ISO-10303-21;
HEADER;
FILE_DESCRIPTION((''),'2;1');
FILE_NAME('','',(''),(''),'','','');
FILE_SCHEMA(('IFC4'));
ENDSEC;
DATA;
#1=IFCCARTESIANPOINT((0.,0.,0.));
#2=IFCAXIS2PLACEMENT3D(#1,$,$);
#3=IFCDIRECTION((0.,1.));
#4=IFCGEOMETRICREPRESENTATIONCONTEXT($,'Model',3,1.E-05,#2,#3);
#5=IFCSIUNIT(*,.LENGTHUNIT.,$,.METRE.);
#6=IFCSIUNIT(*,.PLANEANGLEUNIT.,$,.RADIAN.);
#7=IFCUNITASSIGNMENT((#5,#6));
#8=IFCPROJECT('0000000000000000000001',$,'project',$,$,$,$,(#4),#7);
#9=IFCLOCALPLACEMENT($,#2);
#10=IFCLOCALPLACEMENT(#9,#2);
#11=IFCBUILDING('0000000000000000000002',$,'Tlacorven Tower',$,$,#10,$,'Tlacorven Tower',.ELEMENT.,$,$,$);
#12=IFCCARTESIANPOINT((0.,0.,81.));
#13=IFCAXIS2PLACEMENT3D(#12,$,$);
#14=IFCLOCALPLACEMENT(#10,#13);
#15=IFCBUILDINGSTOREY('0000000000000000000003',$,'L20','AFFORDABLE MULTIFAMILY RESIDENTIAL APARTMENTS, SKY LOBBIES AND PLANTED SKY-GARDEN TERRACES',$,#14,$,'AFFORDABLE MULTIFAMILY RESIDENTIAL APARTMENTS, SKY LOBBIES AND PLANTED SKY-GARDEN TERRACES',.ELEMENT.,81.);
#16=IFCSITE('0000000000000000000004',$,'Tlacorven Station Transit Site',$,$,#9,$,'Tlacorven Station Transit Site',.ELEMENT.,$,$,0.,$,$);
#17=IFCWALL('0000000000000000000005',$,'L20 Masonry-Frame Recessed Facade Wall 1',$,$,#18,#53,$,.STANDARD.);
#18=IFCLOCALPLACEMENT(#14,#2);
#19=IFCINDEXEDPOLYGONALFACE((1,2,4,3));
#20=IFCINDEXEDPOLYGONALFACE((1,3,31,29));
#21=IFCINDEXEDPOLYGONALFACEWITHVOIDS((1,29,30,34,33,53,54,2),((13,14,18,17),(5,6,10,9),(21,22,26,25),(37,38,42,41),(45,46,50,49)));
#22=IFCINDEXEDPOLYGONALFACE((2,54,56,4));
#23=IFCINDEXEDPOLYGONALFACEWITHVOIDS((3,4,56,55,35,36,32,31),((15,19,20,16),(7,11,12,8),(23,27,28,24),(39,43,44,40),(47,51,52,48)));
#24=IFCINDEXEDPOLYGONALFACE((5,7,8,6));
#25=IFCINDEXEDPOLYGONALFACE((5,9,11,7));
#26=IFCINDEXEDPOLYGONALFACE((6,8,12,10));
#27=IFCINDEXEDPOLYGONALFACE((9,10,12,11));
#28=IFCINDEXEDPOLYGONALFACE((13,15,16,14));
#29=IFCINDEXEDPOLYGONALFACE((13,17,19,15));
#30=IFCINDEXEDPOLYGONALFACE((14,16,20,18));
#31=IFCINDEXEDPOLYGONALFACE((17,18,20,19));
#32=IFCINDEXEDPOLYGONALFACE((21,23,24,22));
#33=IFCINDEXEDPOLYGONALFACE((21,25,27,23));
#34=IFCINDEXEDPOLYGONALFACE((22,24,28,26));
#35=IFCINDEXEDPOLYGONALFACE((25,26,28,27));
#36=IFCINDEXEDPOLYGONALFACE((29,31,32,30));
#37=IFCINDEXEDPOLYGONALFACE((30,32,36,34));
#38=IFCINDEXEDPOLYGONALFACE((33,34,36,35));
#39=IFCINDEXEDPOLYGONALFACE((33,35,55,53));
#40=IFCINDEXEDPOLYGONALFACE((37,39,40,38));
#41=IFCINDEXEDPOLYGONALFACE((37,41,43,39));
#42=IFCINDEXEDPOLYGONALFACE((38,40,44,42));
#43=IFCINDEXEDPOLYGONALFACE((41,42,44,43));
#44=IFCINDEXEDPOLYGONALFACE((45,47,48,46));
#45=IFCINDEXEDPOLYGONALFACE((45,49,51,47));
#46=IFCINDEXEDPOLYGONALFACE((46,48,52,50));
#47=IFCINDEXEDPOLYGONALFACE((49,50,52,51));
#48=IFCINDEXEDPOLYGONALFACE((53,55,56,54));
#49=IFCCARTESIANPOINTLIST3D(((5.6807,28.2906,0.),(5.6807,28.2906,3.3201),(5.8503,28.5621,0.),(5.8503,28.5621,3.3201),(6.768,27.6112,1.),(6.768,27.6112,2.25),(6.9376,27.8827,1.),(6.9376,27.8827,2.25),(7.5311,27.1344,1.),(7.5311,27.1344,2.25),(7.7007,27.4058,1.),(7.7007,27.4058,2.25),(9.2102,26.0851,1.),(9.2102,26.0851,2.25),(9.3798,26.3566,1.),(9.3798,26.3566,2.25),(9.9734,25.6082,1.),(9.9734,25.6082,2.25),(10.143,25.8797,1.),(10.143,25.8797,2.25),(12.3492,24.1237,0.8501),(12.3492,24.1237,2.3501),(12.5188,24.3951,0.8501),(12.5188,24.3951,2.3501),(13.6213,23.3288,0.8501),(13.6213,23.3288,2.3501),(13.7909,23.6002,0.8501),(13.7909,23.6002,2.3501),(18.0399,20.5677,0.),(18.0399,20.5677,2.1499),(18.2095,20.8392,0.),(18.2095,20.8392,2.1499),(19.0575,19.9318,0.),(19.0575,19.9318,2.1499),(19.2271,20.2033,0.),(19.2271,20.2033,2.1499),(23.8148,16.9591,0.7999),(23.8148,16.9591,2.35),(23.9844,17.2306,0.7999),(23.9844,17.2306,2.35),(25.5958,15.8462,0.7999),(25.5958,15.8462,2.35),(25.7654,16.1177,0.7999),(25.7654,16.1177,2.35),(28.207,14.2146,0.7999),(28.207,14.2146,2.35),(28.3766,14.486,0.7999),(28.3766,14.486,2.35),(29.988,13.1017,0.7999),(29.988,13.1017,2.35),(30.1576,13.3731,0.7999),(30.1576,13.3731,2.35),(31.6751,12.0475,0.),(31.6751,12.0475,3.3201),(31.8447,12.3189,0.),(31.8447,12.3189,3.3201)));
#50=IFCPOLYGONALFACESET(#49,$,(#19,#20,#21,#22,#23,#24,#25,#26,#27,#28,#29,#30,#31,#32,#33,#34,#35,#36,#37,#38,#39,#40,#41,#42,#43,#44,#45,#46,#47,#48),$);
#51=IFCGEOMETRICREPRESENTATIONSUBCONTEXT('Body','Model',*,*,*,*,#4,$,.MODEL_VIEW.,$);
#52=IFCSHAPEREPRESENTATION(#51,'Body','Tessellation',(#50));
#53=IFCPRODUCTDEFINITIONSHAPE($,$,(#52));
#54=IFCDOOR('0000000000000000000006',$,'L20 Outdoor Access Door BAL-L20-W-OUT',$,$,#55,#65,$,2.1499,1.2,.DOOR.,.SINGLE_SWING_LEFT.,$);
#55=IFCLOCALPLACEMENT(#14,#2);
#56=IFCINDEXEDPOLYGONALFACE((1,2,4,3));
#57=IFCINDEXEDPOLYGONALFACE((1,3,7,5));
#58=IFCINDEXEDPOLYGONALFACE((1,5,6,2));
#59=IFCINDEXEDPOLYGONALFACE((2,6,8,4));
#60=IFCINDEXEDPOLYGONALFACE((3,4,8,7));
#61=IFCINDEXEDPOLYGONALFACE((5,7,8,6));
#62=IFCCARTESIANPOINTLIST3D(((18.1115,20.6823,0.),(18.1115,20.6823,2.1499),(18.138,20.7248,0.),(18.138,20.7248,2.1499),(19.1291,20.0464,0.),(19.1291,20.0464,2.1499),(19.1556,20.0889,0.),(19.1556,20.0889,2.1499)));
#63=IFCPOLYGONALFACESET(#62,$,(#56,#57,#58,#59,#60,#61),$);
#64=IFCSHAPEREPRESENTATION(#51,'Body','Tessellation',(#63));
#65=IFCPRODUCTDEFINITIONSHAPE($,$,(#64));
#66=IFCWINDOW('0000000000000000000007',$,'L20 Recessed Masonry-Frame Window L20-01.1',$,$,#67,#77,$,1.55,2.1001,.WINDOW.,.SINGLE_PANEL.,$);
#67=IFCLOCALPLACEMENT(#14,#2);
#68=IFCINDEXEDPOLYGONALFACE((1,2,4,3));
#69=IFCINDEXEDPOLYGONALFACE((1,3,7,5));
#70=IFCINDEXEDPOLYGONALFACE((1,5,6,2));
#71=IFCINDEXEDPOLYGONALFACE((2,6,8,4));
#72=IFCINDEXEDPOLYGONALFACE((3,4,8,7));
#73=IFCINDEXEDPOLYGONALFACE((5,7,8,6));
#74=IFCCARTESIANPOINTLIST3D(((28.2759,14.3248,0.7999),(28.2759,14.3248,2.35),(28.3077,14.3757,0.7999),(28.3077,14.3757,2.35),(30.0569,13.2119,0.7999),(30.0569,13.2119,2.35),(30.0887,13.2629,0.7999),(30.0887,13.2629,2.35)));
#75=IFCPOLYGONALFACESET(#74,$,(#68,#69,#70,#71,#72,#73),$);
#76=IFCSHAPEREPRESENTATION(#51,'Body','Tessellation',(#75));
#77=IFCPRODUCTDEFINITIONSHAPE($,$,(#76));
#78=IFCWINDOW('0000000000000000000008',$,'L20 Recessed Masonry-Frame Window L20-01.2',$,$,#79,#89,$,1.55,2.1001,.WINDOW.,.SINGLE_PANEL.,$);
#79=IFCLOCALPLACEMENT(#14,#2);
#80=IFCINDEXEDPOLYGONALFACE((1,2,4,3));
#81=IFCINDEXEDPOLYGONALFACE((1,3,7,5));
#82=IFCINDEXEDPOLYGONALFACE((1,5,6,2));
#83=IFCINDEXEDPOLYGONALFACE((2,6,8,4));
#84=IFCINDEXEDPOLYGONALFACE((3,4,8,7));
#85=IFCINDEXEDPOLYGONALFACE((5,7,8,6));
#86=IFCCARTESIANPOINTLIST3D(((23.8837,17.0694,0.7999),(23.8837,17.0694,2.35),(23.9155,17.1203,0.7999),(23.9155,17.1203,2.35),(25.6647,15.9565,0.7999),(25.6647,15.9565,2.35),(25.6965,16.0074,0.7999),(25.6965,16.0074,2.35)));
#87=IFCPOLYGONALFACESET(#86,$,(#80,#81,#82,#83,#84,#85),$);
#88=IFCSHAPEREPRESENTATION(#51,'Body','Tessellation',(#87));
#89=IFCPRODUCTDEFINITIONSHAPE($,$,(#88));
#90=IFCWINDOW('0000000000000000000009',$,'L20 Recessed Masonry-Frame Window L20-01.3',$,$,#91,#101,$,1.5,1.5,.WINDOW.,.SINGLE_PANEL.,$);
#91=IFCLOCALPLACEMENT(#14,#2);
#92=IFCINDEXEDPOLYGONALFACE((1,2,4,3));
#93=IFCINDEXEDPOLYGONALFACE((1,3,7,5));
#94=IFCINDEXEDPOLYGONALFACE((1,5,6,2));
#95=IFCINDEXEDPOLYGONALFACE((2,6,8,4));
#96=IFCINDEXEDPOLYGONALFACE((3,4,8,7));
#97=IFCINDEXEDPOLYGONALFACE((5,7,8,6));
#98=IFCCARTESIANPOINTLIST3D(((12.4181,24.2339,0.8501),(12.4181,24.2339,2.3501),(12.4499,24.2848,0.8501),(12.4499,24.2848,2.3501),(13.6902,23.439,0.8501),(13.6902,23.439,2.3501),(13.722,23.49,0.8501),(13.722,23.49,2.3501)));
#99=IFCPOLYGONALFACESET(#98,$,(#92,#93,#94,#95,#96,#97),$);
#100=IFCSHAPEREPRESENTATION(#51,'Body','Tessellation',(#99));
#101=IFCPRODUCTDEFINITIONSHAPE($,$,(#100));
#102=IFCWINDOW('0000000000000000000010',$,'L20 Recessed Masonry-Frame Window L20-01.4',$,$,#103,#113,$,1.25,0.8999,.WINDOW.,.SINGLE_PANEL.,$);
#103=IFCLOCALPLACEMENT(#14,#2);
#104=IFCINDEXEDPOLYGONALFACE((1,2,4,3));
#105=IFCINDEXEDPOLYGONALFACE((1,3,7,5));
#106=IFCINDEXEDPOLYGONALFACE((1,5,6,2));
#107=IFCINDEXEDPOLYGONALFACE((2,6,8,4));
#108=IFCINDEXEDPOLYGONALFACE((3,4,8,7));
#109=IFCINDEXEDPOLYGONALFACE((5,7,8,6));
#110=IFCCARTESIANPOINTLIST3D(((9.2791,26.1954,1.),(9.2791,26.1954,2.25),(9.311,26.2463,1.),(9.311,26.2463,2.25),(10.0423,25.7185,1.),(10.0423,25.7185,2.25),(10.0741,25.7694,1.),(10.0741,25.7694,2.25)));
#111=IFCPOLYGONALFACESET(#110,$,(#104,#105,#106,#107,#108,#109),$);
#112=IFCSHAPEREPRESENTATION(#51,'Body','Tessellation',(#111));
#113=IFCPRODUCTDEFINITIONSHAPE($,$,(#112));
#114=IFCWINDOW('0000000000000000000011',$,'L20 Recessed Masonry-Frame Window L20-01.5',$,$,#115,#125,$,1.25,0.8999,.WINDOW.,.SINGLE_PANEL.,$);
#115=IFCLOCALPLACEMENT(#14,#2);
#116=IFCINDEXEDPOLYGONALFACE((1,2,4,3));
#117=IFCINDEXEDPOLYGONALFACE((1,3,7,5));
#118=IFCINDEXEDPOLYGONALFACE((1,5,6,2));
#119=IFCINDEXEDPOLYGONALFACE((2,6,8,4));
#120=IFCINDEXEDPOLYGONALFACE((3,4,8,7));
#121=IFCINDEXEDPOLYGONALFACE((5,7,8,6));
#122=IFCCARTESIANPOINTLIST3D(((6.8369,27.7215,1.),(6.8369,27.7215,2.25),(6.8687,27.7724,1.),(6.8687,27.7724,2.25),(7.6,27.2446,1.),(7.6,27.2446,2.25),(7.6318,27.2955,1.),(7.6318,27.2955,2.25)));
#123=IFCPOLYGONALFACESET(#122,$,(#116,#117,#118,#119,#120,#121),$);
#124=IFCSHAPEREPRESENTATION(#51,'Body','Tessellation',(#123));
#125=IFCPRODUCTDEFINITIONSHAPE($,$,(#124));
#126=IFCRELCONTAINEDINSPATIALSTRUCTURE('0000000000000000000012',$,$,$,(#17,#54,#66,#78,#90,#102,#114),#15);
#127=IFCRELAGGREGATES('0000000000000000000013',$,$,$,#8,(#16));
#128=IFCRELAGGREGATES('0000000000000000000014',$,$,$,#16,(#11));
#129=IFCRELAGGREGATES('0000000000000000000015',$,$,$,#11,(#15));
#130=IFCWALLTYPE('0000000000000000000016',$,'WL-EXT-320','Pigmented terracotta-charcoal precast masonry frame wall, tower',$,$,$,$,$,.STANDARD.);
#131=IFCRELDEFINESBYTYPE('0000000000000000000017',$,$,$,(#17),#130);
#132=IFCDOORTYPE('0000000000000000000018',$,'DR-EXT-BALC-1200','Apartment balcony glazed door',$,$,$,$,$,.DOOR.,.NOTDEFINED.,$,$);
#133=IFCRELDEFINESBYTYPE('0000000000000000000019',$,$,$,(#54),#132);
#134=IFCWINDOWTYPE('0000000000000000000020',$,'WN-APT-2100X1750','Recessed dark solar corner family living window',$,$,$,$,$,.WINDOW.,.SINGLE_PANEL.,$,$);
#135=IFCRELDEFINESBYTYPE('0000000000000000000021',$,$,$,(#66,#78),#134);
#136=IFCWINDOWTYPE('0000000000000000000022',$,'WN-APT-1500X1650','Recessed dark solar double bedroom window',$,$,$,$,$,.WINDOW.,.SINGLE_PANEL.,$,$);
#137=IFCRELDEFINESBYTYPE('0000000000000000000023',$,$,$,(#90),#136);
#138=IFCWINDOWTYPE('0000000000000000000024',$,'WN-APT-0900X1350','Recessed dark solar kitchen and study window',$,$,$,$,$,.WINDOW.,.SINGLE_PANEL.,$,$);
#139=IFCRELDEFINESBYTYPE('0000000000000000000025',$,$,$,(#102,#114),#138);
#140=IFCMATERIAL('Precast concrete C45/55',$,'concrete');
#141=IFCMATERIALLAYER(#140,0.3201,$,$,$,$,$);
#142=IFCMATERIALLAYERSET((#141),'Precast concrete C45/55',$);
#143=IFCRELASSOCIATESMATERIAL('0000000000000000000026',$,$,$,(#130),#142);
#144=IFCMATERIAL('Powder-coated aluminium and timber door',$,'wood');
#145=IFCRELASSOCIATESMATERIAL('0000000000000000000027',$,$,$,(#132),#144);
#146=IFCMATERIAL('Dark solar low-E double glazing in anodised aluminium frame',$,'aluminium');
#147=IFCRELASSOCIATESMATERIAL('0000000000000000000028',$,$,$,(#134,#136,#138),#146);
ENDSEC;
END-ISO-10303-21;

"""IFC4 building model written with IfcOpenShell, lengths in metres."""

from ifc_helpers import new_model, si_unit, direction, frame, frame_2d, origin, place, context, subcontext, project, spatial, rectangle, extrude, source, transform, mapped, material, layer, layer_set, type_object, element, fill, save


model = new_model("IFC4")

# Units and contexts
model_context = context("Model", 3, precision=1e-05, world=origin(), true_north=direction((0.0, 1.0)))
body_context = subcontext(model_context, "Body", "Model", "MODEL_VIEW")
ifc_project = project(units=[si_unit("LENGTHUNIT", "METRE"), si_unit("PLANEANGLEUNIT", "RADIAN")], contexts=[model_context])

# Site, building, storey
site_placement = place(None, origin())
site = spatial("IfcSite", under=ifc_project, at=site_placement, Name="Tlacorven Station Transit Site", LongName="Tlacorven Station Transit Site", CompositionType="ELEMENT", RefElevation=0.0)
building_placement = place(site_placement, origin())
building = spatial("IfcBuilding", under=site, at=building_placement, Name="Tlacorven Tower", LongName="Tlacorven Tower", CompositionType="ELEMENT")
storey_placement = place(building_placement, frame((0.0, 0.0, 81.0)))
storey = spatial("IfcBuildingStorey", under=building, at=storey_placement, Name="L20", Description="AFFORDABLE MULTIFAMILY RESIDENTIAL APARTMENTS, SKY LOBBIES AND PLANTED SKY-GARDEN TERRACES", LongName="AFFORDABLE MULTIFAMILY RESIDENTIAL APARTMENTS, SKY LOBBIES AND PLANTED SKY-GARDEN TERRACES", CompositionType="ELEMENT", Elevation=81.0)

# Wall, openings, door, windows
ifc_material_1 = material(Name="Precast concrete C45/55", Category="concrete")
ifc_layer_1 = layer(ifc_material_1, 0.3201)
ifc_layer_set_1 = layer_set([ifc_layer_1], Name="Precast concrete C45/55")
wall_type_1 = type_object("IfcWallType", Name="WL-EXT-320", Description="Pigmented terracotta-charcoal precast masonry frame wall, tower", PredefinedType="STANDARD", material=ifc_layer_set_1)
wall_1_placement = place(storey_placement, frame((31.76, 12.1831, 0.0), z_axis=(0.0, 0.0, 1.0), x_axis=(-0.848047, 0.529921, 0.0)))
wall_1 = element("IfcWall", 1, at=wall_1_placement, inside=storey, type_object=wall_type_1, Name="L20 Masonry-Frame Recessed Facade Wall 1", PredefinedType="STANDARD", context=body_context, shape_type="SweptSolid", body=[
    extrude(rectangle(XDim=30.6521, YDim=0.3201, at=frame_2d((15.3262, 0.0))), origin(), (0.0, 0.0, 1.0), 3.3201),
])
opening_1_placement = place(wall_1_placement, frame((14.8784, 0.0, 0.0)))
opening_1 = element("IfcOpeningElement", 2, at=opening_1_placement, cuts=wall_1, PredefinedType="OPENING", context=body_context, shape_type="SweptSolid", body=[
    extrude(rectangle(XDim=1.2, YDim=2.1499, at=frame_2d((0.6001, 1.075))), frame((0.0, 0.1699, 0.0), z_axis=(0.0, -1.0, 0.0), x_axis=(1.0, 0.0, 0.0)), (0.0, 0.0, 1.0), 0.3401),
])
opening_2_placement = place(wall_1_placement, frame((1.9895, 0.0, 0.8)))
opening_2 = element("IfcOpeningElement", 3, at=opening_2_placement, cuts=wall_1, PredefinedType="OPENING", context=body_context, shape_type="SweptSolid", body=[
    extrude(rectangle(XDim=2.1001, YDim=1.55, at=frame_2d((1.05, 0.7749))), frame((0.0, 0.1699, 0.0), z_axis=(0.0, -1.0, 0.0), x_axis=(1.0, 0.0, 0.0)), (0.0, 0.0, 1.0), 0.3401),
])
opening_3_placement = place(wall_1_placement, frame((7.1687, 0.0, 0.8)))
opening_3 = element("IfcOpeningElement", 4, at=opening_3_placement, cuts=wall_1, PredefinedType="OPENING", context=body_context, shape_type="SweptSolid", body=[
    extrude(rectangle(XDim=2.1001, YDim=1.55, at=frame_2d((1.05, 0.7749))), frame((0.0, 0.1699, 0.0), z_axis=(0.0, -1.0, 0.0), x_axis=(1.0, 0.0, 0.0)), (0.0, 0.0, 1.0), 0.3401),
])
opening_4_placement = place(wall_1_placement, frame((21.2888, 0.0, 0.8501)))
opening_4 = element("IfcOpeningElement", 5, at=opening_4_placement, cuts=wall_1, PredefinedType="OPENING", context=body_context, shape_type="SweptSolid", body=[
    extrude(rectangle(XDim=1.5, YDim=1.5, at=frame_2d((0.75, 0.75))), frame((0.0, 0.1699, 0.0), z_axis=(0.0, -1.0, 0.0), x_axis=(1.0, 0.0, 0.0)), (0.0, 0.0, 1.0), 0.3401),
])
opening_5_placement = place(wall_1_placement, frame((25.5903, 0.0, 1.0)))
opening_5 = element("IfcOpeningElement", 6, at=opening_5_placement, cuts=wall_1, PredefinedType="OPENING", context=body_context, shape_type="SweptSolid", body=[
    extrude(rectangle(XDim=0.8999, YDim=1.25, at=frame_2d((0.45, 0.625))), frame((0.0, 0.1699, 0.0), z_axis=(0.0, -1.0, 0.0), x_axis=(1.0, 0.0, 0.0)), (0.0, 0.0, 1.0), 0.3401),
])
opening_6_placement = place(wall_1_placement, frame((28.4702, 0.0, 1.0)))
opening_6 = element("IfcOpeningElement", 7, at=opening_6_placement, cuts=wall_1, PredefinedType="OPENING", context=body_context, shape_type="SweptSolid", body=[
    extrude(rectangle(XDim=0.8999, YDim=1.25, at=frame_2d((0.45, 0.625))), frame((0.0, 0.1699, 0.0), z_axis=(0.0, -1.0, 0.0), x_axis=(1.0, 0.0, 0.0)), (0.0, 0.0, 1.0), 0.3401),
])
ifc_material_2 = material(Name="Powder-coated aluminium and timber door", Category="wood")
door_type_1 = type_object("IfcDoorType", Name="DR-EXT-BALC-1200", Description="Apartment balcony glazed door", OperationType="NOTDEFINED", PredefinedType="DOOR", material=ifc_material_2)
shared_shape_1 = source(origin(), body_context, "Body", "SweptSolid", [
    extrude(rectangle(XDim=1.2, YDim=2.1499, at=frame_2d((0.6001, 1.075))), frame((0.0, 0.0249, 0.0), z_axis=(0.0, -1.0, 0.0), x_axis=(1.0, 0.0, 0.0)), (0.0, 0.0, 1.0), 0.05),
])
door_1_placement = place(opening_1_placement, origin())
door_1 = element("IfcDoor", 8, at=door_1_placement, inside=storey, type_object=door_type_1, Name="L20 Outdoor Access Door BAL-L20-W-OUT", OperationType="SINGLE_SWING_LEFT", OverallHeight=2.1499, OverallWidth=1.2, PredefinedType="DOOR", context=body_context, shape_type="MappedRepresentation", body=[
    mapped(shared_shape_1, transform((0.0, 0.0, 0.0), scale=1.0)),
])
fill(opening_1, door_1)
ifc_material_3 = material(Name="Dark solar low-E double glazing in anodised aluminium frame", Category="aluminium")
window_type_1 = type_object("IfcWindowType", Name="WN-APT-2100X1750", Description="Recessed dark solar corner family living window", PartitioningType="SINGLE_PANEL", PredefinedType="WINDOW", material=ifc_material_3)
shared_shape_2 = source(origin(), body_context, "Body", "SweptSolid", [
    extrude(rectangle(XDim=2.1001, YDim=1.55, at=frame_2d((1.05, 0.7749))), frame((0.0, 0.03, 0.0), z_axis=(0.0, -1.0, 0.0), x_axis=(1.0, 0.0, 0.0)), (0.0, 0.0, 1.0), 0.0601),
])
window_1_placement = place(opening_2_placement, origin())
window_1 = element("IfcWindow", 9, at=window_1_placement, inside=storey, type_object=window_type_1, Name="L20 Recessed Masonry-Frame Window L20-01.1", OverallHeight=1.55, OverallWidth=2.1001, PartitioningType="SINGLE_PANEL", PredefinedType="WINDOW", context=body_context, shape_type="MappedRepresentation", body=[
    mapped(shared_shape_2, transform((0.0, 0.0, 0.0), scale=1.0)),
])
fill(opening_2, window_1)
window_2_placement = place(opening_3_placement, origin())
window_2 = element("IfcWindow", 10, at=window_2_placement, inside=storey, type_object=window_type_1, Name="L20 Recessed Masonry-Frame Window L20-01.2", OverallHeight=1.55, OverallWidth=2.1001, PartitioningType="SINGLE_PANEL", PredefinedType="WINDOW", context=body_context, shape_type="MappedRepresentation", body=[
    mapped(shared_shape_2, transform((0.0, 0.0, 0.0), scale=1.0)),
])
fill(opening_3, window_2)
window_type_2 = type_object("IfcWindowType", Name="WN-APT-1500X1650", Description="Recessed dark solar double bedroom window", PartitioningType="SINGLE_PANEL", PredefinedType="WINDOW", material=ifc_material_3)
shared_shape_3 = source(origin(), body_context, "Body", "SweptSolid", [
    extrude(rectangle(XDim=1.5, YDim=1.5, at=frame_2d((0.75, 0.75))), frame((0.0, 0.03, 0.0), z_axis=(0.0, -1.0, 0.0), x_axis=(1.0, 0.0, 0.0)), (0.0, 0.0, 1.0), 0.0601),
])
window_3_placement = place(opening_4_placement, origin())
window_3 = element("IfcWindow", 11, at=window_3_placement, inside=storey, type_object=window_type_2, Name="L20 Recessed Masonry-Frame Window L20-01.3", OverallHeight=1.5, OverallWidth=1.5, PartitioningType="SINGLE_PANEL", PredefinedType="WINDOW", context=body_context, shape_type="MappedRepresentation", body=[
    mapped(shared_shape_3, transform((0.0, 0.0, 0.0), scale=1.0)),
])
fill(opening_4, window_3)
window_type_3 = type_object("IfcWindowType", Name="WN-APT-0900X1350", Description="Recessed dark solar kitchen and study window", PartitioningType="SINGLE_PANEL", PredefinedType="WINDOW", material=ifc_material_3)
shared_shape_4 = source(origin(), body_context, "Body", "SweptSolid", [
    extrude(rectangle(XDim=0.8999, YDim=1.25, at=frame_2d((0.45, 0.625))), frame((0.0, 0.03, 0.0), z_axis=(0.0, -1.0, 0.0), x_axis=(1.0, 0.0, 0.0)), (0.0, 0.0, 1.0), 0.0601),
])
window_4_placement = place(opening_5_placement, origin())
window_4 = element("IfcWindow", 12, at=window_4_placement, inside=storey, type_object=window_type_3, Name="L20 Recessed Masonry-Frame Window L20-01.4", OverallHeight=1.25, OverallWidth=0.8999, PartitioningType="SINGLE_PANEL", PredefinedType="WINDOW", context=body_context, shape_type="MappedRepresentation", body=[
    mapped(shared_shape_4, transform((0.0, 0.0, 0.0), scale=1.0)),
])
fill(opening_5, window_4)
window_5_placement = place(opening_6_placement, origin())
window_5 = element("IfcWindow", 13, at=window_5_placement, inside=storey, type_object=window_type_3, Name="L20 Recessed Masonry-Frame Window L20-01.5", OverallHeight=1.25, OverallWidth=0.8999, PartitioningType="SINGLE_PANEL", PredefinedType="WINDOW", context=body_context, shape_type="MappedRepresentation", body=[
    mapped(shared_shape_4, transform((0.0, 0.0, 0.0), scale=1.0)),
])
fill(opening_6, window_5)

save(model, "model.ifc")
